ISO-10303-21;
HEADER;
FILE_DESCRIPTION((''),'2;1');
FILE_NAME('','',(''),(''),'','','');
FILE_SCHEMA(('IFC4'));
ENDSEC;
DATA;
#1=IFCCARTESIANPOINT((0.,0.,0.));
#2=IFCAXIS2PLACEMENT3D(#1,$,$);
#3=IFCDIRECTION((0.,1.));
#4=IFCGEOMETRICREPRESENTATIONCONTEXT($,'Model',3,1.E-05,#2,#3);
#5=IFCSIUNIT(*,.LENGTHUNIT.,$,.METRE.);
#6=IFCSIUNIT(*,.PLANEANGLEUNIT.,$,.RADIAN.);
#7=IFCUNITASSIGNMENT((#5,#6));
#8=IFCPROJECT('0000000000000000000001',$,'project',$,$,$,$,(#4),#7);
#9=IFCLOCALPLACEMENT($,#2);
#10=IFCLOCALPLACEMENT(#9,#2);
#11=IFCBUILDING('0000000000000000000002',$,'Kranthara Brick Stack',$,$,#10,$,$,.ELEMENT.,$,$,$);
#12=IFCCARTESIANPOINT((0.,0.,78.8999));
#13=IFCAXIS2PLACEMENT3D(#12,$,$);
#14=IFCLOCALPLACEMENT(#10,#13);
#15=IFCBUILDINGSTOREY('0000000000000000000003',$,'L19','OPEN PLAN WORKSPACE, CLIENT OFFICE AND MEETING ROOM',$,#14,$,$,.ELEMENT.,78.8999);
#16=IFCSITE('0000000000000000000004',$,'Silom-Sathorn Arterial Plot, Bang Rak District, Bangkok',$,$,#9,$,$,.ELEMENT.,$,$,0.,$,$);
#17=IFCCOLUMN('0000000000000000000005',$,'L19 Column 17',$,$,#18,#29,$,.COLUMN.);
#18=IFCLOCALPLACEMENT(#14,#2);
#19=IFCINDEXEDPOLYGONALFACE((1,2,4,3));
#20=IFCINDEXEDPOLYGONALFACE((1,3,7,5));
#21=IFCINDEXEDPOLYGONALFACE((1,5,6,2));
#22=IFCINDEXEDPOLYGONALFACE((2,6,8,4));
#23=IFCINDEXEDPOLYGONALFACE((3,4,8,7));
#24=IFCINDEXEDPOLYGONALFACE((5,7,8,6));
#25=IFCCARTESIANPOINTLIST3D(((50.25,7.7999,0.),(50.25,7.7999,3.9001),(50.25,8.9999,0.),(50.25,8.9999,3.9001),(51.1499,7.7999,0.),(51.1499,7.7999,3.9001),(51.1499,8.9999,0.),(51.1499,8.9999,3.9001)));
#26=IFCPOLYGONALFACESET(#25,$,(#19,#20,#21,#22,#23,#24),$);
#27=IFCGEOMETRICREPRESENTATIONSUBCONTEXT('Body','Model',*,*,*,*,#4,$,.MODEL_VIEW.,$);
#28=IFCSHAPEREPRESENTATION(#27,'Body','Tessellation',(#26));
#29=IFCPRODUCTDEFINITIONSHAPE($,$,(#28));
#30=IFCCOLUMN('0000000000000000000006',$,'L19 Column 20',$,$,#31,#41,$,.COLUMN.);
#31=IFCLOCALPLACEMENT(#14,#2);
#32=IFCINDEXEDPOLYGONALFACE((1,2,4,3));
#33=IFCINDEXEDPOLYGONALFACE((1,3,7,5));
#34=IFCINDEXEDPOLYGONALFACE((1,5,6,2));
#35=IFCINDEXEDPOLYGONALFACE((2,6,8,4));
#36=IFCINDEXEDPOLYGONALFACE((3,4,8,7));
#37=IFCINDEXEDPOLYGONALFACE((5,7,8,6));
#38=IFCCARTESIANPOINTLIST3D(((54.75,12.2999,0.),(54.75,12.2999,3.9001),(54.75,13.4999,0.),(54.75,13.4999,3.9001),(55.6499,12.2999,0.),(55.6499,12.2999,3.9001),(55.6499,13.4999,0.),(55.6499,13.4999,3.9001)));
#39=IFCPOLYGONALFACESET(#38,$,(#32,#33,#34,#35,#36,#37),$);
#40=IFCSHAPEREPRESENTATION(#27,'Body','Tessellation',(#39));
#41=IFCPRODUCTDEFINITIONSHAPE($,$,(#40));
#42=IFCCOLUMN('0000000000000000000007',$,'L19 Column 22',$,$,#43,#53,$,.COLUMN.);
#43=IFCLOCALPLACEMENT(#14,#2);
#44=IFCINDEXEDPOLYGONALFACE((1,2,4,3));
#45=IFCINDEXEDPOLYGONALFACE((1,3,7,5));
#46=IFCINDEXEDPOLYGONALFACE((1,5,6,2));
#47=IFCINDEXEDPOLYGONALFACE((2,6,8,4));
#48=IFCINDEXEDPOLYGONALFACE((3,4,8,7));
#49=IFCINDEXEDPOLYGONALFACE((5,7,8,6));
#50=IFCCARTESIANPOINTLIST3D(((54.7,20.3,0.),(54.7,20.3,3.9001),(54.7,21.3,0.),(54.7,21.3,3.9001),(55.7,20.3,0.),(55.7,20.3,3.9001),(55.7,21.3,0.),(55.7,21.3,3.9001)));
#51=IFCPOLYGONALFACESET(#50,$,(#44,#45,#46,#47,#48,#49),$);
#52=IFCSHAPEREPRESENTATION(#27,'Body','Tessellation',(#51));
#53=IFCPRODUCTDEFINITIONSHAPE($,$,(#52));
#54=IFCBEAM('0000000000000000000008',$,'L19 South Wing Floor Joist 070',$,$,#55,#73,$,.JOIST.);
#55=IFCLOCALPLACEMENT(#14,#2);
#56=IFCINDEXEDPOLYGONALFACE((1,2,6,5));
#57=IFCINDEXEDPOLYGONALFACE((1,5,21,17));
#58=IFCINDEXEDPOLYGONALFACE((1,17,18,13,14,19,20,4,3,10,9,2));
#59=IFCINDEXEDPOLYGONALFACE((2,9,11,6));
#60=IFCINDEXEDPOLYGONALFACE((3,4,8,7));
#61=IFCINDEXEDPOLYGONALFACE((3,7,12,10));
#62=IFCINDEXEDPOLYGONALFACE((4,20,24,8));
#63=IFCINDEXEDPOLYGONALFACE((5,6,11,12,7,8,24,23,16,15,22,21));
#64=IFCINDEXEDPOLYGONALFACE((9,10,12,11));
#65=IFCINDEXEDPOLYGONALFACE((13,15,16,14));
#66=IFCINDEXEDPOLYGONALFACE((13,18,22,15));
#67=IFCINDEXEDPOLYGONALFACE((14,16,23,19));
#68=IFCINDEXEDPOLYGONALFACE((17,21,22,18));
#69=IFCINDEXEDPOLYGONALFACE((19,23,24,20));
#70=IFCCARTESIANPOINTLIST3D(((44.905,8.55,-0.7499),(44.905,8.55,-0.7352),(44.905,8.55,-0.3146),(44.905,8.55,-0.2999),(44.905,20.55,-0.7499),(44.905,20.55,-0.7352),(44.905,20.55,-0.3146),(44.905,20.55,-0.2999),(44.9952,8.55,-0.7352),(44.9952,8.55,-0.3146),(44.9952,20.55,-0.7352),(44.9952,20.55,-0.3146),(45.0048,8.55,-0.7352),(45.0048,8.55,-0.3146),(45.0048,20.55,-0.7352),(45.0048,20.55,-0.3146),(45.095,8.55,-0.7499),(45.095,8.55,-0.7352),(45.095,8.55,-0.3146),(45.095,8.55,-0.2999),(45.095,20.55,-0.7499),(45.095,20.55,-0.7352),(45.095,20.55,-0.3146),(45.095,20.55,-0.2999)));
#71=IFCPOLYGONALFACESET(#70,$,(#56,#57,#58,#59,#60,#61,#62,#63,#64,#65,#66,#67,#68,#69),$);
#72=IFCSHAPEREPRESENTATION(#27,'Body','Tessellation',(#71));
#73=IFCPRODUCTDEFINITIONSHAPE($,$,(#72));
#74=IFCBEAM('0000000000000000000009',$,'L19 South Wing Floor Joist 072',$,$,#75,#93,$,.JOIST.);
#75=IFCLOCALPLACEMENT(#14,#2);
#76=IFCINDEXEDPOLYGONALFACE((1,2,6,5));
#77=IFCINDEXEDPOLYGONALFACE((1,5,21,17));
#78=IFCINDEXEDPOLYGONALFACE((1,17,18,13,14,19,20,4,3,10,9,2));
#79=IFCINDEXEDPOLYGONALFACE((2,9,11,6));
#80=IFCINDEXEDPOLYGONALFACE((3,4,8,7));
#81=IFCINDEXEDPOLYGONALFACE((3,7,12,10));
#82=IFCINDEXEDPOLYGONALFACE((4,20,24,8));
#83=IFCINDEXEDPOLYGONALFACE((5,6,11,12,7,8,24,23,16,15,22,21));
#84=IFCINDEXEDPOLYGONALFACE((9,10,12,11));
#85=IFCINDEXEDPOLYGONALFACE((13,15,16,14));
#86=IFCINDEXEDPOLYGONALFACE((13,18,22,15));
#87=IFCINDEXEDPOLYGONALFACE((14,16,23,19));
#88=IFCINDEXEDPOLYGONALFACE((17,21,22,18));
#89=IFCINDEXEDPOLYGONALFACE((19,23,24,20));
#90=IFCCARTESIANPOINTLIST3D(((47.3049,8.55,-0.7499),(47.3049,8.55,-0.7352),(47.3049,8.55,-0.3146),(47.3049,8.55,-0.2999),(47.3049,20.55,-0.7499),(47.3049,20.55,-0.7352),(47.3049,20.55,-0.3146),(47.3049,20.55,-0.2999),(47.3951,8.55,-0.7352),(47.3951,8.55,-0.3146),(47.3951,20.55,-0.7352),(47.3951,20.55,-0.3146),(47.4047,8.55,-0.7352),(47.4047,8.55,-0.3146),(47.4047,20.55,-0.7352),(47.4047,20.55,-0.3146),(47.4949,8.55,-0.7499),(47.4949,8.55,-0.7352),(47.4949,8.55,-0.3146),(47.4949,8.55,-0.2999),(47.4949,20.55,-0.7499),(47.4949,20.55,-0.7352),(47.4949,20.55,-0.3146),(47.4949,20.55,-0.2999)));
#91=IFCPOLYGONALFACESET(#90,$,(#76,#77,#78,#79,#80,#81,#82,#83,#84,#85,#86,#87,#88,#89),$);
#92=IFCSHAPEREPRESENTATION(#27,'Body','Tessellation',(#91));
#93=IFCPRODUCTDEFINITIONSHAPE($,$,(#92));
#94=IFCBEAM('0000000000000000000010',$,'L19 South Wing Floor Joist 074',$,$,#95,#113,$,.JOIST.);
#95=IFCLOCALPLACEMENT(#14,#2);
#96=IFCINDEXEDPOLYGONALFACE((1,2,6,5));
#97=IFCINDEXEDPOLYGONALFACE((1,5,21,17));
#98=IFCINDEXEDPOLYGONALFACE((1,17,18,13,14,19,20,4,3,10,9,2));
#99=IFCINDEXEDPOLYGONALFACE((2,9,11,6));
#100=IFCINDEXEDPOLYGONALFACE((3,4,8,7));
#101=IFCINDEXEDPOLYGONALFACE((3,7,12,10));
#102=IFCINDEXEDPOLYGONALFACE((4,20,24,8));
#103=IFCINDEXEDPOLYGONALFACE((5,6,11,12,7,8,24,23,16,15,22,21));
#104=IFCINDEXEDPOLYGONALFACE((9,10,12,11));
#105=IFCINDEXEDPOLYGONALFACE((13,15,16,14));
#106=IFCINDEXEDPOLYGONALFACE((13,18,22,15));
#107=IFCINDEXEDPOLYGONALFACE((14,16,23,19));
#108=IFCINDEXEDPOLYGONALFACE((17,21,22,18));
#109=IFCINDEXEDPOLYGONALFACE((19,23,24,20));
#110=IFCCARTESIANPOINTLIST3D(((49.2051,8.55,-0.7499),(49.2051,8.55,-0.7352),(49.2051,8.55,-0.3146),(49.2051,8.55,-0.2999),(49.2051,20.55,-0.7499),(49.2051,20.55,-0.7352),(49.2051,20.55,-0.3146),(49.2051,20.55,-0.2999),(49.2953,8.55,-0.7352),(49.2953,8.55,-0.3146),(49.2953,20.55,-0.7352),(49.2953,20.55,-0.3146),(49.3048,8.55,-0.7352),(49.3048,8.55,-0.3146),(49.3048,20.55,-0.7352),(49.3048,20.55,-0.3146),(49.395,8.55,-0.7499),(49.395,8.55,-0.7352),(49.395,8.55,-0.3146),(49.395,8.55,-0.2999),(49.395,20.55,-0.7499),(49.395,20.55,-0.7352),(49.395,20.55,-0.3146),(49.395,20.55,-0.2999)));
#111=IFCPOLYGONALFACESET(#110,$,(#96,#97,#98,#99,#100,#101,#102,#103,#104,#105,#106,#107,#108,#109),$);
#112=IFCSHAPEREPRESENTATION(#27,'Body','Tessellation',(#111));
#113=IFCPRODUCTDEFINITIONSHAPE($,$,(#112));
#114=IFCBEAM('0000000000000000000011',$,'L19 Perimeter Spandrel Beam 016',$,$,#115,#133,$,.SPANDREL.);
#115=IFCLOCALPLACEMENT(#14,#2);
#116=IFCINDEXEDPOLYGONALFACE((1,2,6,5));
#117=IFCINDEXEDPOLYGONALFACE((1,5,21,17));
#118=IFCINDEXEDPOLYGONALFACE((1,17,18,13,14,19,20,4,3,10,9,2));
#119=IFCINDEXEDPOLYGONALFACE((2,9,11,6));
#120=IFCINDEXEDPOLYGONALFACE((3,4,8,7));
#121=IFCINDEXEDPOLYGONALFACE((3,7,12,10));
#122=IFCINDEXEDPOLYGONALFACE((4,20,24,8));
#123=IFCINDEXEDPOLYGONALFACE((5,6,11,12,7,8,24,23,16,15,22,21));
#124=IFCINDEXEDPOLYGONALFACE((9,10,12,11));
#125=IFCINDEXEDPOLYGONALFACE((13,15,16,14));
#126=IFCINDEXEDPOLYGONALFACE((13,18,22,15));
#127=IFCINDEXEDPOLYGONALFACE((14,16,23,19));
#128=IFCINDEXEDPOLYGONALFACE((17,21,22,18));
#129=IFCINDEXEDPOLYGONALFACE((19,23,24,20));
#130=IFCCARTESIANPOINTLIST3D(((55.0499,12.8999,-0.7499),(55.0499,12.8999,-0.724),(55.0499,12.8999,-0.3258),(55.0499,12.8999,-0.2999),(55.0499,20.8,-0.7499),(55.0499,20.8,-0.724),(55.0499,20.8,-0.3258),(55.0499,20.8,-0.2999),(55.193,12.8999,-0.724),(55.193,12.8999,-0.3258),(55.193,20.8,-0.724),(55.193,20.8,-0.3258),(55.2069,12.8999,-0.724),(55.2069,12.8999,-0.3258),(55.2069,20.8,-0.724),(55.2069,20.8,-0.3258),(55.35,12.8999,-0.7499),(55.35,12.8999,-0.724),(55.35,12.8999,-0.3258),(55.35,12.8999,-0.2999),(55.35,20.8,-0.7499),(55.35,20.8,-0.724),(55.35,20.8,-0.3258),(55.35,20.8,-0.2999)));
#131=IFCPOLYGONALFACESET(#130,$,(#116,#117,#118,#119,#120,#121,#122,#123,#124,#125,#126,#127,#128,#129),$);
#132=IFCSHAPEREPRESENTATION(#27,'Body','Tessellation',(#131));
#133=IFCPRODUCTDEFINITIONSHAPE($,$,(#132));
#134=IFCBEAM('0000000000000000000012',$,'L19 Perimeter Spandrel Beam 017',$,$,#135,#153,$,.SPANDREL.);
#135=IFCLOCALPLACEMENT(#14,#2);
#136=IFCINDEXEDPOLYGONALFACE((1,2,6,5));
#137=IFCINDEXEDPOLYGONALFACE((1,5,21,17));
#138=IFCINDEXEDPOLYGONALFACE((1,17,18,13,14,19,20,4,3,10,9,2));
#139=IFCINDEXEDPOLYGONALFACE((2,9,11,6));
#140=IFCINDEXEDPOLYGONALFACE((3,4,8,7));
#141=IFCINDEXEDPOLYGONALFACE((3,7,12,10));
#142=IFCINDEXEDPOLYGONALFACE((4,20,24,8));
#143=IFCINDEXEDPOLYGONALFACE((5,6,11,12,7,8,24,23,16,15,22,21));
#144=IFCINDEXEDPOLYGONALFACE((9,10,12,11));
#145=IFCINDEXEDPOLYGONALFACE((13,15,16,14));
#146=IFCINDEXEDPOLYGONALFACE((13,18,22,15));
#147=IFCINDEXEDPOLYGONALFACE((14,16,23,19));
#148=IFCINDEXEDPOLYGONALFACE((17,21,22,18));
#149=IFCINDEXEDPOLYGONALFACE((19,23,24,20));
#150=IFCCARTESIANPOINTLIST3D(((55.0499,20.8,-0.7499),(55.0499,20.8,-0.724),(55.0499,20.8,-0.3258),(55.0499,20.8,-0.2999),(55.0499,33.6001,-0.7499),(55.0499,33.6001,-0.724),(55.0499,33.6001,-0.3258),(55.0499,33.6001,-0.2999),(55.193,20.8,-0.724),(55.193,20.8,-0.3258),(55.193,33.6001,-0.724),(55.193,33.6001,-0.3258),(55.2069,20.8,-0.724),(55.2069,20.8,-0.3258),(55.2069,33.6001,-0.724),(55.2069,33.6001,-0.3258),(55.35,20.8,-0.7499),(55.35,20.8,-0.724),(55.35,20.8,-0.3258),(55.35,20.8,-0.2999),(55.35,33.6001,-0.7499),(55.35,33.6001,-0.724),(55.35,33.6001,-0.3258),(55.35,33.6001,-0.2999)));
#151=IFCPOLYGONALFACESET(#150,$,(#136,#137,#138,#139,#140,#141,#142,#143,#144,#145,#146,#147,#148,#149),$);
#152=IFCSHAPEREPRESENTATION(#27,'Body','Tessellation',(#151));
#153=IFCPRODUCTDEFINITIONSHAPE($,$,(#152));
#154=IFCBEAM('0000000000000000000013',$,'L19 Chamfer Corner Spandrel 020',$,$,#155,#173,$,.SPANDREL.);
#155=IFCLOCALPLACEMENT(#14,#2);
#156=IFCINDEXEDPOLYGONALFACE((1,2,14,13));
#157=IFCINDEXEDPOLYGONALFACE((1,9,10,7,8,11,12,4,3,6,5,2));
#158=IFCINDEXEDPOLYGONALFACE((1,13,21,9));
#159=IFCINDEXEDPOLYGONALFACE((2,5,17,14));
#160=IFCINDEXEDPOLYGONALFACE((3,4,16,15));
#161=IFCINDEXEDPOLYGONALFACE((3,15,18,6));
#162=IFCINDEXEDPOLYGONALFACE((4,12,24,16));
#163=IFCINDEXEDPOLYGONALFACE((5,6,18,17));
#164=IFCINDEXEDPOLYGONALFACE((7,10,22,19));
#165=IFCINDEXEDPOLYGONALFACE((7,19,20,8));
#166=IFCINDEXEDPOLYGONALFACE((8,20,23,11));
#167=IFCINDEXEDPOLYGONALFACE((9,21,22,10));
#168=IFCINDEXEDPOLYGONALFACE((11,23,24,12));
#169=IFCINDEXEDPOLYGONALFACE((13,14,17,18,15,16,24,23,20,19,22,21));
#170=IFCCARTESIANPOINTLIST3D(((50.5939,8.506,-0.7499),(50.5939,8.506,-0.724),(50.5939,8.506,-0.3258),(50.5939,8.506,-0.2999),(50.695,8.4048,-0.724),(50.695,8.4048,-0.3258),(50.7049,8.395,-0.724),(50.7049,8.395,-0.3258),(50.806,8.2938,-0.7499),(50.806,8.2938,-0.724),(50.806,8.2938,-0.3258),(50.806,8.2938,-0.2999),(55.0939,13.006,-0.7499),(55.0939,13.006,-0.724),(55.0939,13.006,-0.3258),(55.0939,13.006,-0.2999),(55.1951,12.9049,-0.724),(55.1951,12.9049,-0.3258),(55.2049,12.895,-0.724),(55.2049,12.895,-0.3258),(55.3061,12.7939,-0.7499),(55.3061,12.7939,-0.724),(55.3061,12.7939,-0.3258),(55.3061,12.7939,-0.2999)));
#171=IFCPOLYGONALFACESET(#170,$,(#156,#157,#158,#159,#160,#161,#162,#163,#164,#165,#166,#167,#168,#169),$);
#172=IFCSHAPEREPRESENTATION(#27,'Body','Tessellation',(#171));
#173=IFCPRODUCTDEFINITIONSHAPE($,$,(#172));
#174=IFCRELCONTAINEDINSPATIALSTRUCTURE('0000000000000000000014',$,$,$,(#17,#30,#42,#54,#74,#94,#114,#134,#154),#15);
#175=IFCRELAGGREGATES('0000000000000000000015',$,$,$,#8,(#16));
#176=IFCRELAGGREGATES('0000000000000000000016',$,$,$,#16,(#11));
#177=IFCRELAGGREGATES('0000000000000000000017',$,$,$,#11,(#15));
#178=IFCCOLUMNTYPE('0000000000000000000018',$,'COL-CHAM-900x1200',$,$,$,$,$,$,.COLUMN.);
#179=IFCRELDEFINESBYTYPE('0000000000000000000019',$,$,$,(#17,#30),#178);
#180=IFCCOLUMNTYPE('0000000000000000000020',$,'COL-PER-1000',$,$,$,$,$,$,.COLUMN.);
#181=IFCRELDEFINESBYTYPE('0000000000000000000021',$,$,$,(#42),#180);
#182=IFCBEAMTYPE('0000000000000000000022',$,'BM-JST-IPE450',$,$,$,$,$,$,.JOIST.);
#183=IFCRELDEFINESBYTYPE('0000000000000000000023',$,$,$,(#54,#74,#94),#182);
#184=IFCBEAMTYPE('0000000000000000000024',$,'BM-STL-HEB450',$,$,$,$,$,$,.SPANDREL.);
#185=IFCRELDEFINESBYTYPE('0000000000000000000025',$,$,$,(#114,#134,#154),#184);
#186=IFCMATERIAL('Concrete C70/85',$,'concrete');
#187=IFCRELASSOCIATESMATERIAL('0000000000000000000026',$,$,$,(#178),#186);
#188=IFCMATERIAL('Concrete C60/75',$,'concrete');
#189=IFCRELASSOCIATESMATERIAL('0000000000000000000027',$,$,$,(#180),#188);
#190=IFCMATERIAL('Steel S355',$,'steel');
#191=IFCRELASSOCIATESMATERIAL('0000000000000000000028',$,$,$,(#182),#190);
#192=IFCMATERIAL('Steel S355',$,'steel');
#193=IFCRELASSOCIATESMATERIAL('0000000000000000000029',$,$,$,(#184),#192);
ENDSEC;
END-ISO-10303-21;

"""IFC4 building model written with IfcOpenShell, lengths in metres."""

from ifc_helpers import new_model, si_unit, direction, frame, origin, origin_2d, place, context, subcontext, project, spatial, rectangle, i_section, extrude, material, material_profile, profile_set, type_object, element, save


model = new_model("IFC4")

# Units and contexts
model_context = context("Model", 3, precision=1e-05, world=origin(), true_north=direction((0.0, 1.0)))
body_context = subcontext(model_context, "Body", "Model", "MODEL_VIEW")
ifc_project = project(units=[si_unit("LENGTHUNIT", "METRE"), si_unit("PLANEANGLEUNIT", "RADIAN")], contexts=[model_context])

# Site, building, storey
site_placement = place(None, origin())
site = spatial("IfcSite", under=ifc_project, at=site_placement, Name="Silom-Sathorn Arterial Plot, Bang Rak District, Bangkok", CompositionType="ELEMENT", RefElevation=0.0)
building_placement = place(site_placement, origin())
building = spatial("IfcBuilding", under=site, at=building_placement, Name="Kranthara Brick Stack", CompositionType="ELEMENT")
storey_placement = place(building_placement, frame((0.0, 0.0, 78.8999)))
storey = spatial("IfcBuildingStorey", under=building, at=storey_placement, Name="L19", Description="OPEN PLAN WORKSPACE, CLIENT OFFICE AND MEETING ROOM", CompositionType="ELEMENT", Elevation=78.8999)

# Columns
ifc_material_1 = material(Name="Concrete C70/85", Category="concrete")
ifc_material_profile_1 = material_profile(ifc_material_1, rectangle(XDim=0.8999, YDim=1.2, at=origin_2d()), Name="RC 900x1200")
ifc_profile_set_1 = profile_set([ifc_material_profile_1], Name="Concrete C70/85")
column_type_1 = type_object("IfcColumnType", Name="COL-CHAM-900x1200", PredefinedType="COLUMN", material=ifc_profile_set_1)
for number, where, z_axis, x_axis, name in (
    (1, (50.7, 8.3999, 0.0), (0.0, 0.0, 1.0), (1.0, 0.0, 0.0), "L19 Column 17"),
    (2, (55.2, 12.8999, 0.0), (0.0, 0.0, 1.0), (1.0, 0.0, 0.0), "L19 Column 20"),
):
    element("IfcColumn", number, at=place(storey_placement, frame(where, z_axis=z_axis, x_axis=x_axis)), inside=storey, type_object=column_type_1, Name=name, PredefinedType="COLUMN", context=body_context, shape_type="SweptSolid", body=[
        extrude(rectangle(XDim=0.8999, YDim=1.2, at=origin_2d()), origin(), (0.0, 0.0, 1.0), 3.9001),
    ])
ifc_material_2 = material(Name="Concrete C60/75", Category="concrete")
ifc_material_profile_2 = material_profile(ifc_material_2, rectangle(XDim=1.0, YDim=1.0, at=origin_2d()), Name="RC 1000x1000")
ifc_profile_set_2 = profile_set([ifc_material_profile_2], Name="Concrete C60/75")
column_type_2 = type_object("IfcColumnType", Name="COL-PER-1000", PredefinedType="COLUMN", material=ifc_profile_set_2)
column_placement = place(storey_placement, frame((55.2, 20.8, 0.0), z_axis=(0.0, 0.0, 1.0), x_axis=(1.0, 0.0, 0.0)))
element("IfcColumn", 3, at=column_placement, inside=storey, type_object=column_type_2, Name="L19 Column 22", PredefinedType="COLUMN", context=body_context, shape_type="SweptSolid", body=[
    extrude(rectangle(XDim=1.0, YDim=1.0, at=origin_2d()), origin(), (0.0, 0.0, 1.0), 3.9001),
])

# Beams
ifc_material_3 = material(Name="Steel S355", Category="steel")
ifc_material_profile_3 = material_profile(ifc_material_3, i_section(OverallWidth=0.1899, OverallDepth=0.45, WebThickness=0.0095, FlangeThickness=0.0146, at=origin_2d()), Name="IPE 450")
ifc_profile_set_3 = profile_set([ifc_material_profile_3], Name="Steel S355")
beam_type_1 = type_object("IfcBeamType", Name="BM-JST-IPE450", PredefinedType="JOIST", material=ifc_profile_set_3)
for number, where, z_axis, x_axis, name in (
    (4, (45.0, 8.55, -0.5249), (0.0, 1.0, 0.0), (-1.0, 0.0, 0.0), "L19 South Wing Floor Joist 070"),
    (5, (47.3999, 8.55, -0.5249), (0.0, 1.0, 0.0), (-1.0, 0.0, 0.0), "L19 South Wing Floor Joist 072"),
    (6, (49.3, 8.55, -0.5249), (0.0, 1.0, 0.0), (-1.0, 0.0, 0.0), "L19 South Wing Floor Joist 074"),
):
    element("IfcBeam", number, at=place(storey_placement, frame(where, z_axis=z_axis, x_axis=x_axis)), inside=storey, type_object=beam_type_1, Name=name, PredefinedType="JOIST", context=body_context, shape_type="SweptSolid", body=[
        extrude(i_section(OverallWidth=0.1899, OverallDepth=0.45, WebThickness=0.0095, FlangeThickness=0.0146, at=origin_2d()), origin(), (0.0, 0.0, 1.0), 12.0),
    ])
ifc_material_4 = material(Name="Steel S355", Category="steel")
ifc_material_profile_4 = material_profile(ifc_material_4, i_section(OverallWidth=0.3, OverallDepth=0.45, WebThickness=0.0139, FlangeThickness=0.0259, at=origin_2d()), Name="HEB 450")
ifc_profile_set_4 = profile_set([ifc_material_profile_4], Name="Steel S355")
beam_type_2 = type_object("IfcBeamType", Name="BM-STL-HEB450", PredefinedType="SPANDREL", material=ifc_profile_set_4)
beam_1_placement = place(storey_placement, frame((55.2, 12.8999, -0.5249), z_axis=(0.0, 1.0, 0.0), x_axis=(-1.0, 0.0, 0.0)))
element("IfcBeam", 7, at=beam_1_placement, inside=storey, type_object=beam_type_2, Name="L19 Perimeter Spandrel Beam 016", PredefinedType="SPANDREL", context=body_context, shape_type="SweptSolid", body=[
    extrude(i_section(OverallWidth=0.3, OverallDepth=0.45, WebThickness=0.0139, FlangeThickness=0.0259, at=origin_2d()), origin(), (0.0, 0.0, 1.0), 7.9001),
])
beam_2_placement = place(storey_placement, frame((55.2, 20.8, -0.5249), z_axis=(0.0, 1.0, 0.0), x_axis=(-1.0, 0.0, 0.0)))
element("IfcBeam", 8, at=beam_2_placement, inside=storey, type_object=beam_type_2, Name="L19 Perimeter Spandrel Beam 017", PredefinedType="SPANDREL", context=body_context, shape_type="SweptSolid", body=[
    extrude(i_section(OverallWidth=0.3, OverallDepth=0.45, WebThickness=0.0139, FlangeThickness=0.0259, at=origin_2d()), origin(), (0.0, 0.0, 1.0), 12.8),
])
beam_3_placement = place(storey_placement, frame((50.7, 8.3999, -0.5249), z_axis=(0.707107, 0.707107, 0.0), x_axis=(-0.707107, 0.707107, 0.0)))
element("IfcBeam", 9, at=beam_3_placement, inside=storey, type_object=beam_type_2, Name="L19 Chamfer Corner Spandrel 020", PredefinedType="SPANDREL", context=body_context, shape_type="SweptSolid", body=[
    extrude(i_section(OverallWidth=0.3, OverallDepth=0.45, WebThickness=0.0139, FlangeThickness=0.0259, at=origin_2d()), origin(), (0.0, 0.0, 1.0), 6.364),
])

save(model, "model.ifc")
